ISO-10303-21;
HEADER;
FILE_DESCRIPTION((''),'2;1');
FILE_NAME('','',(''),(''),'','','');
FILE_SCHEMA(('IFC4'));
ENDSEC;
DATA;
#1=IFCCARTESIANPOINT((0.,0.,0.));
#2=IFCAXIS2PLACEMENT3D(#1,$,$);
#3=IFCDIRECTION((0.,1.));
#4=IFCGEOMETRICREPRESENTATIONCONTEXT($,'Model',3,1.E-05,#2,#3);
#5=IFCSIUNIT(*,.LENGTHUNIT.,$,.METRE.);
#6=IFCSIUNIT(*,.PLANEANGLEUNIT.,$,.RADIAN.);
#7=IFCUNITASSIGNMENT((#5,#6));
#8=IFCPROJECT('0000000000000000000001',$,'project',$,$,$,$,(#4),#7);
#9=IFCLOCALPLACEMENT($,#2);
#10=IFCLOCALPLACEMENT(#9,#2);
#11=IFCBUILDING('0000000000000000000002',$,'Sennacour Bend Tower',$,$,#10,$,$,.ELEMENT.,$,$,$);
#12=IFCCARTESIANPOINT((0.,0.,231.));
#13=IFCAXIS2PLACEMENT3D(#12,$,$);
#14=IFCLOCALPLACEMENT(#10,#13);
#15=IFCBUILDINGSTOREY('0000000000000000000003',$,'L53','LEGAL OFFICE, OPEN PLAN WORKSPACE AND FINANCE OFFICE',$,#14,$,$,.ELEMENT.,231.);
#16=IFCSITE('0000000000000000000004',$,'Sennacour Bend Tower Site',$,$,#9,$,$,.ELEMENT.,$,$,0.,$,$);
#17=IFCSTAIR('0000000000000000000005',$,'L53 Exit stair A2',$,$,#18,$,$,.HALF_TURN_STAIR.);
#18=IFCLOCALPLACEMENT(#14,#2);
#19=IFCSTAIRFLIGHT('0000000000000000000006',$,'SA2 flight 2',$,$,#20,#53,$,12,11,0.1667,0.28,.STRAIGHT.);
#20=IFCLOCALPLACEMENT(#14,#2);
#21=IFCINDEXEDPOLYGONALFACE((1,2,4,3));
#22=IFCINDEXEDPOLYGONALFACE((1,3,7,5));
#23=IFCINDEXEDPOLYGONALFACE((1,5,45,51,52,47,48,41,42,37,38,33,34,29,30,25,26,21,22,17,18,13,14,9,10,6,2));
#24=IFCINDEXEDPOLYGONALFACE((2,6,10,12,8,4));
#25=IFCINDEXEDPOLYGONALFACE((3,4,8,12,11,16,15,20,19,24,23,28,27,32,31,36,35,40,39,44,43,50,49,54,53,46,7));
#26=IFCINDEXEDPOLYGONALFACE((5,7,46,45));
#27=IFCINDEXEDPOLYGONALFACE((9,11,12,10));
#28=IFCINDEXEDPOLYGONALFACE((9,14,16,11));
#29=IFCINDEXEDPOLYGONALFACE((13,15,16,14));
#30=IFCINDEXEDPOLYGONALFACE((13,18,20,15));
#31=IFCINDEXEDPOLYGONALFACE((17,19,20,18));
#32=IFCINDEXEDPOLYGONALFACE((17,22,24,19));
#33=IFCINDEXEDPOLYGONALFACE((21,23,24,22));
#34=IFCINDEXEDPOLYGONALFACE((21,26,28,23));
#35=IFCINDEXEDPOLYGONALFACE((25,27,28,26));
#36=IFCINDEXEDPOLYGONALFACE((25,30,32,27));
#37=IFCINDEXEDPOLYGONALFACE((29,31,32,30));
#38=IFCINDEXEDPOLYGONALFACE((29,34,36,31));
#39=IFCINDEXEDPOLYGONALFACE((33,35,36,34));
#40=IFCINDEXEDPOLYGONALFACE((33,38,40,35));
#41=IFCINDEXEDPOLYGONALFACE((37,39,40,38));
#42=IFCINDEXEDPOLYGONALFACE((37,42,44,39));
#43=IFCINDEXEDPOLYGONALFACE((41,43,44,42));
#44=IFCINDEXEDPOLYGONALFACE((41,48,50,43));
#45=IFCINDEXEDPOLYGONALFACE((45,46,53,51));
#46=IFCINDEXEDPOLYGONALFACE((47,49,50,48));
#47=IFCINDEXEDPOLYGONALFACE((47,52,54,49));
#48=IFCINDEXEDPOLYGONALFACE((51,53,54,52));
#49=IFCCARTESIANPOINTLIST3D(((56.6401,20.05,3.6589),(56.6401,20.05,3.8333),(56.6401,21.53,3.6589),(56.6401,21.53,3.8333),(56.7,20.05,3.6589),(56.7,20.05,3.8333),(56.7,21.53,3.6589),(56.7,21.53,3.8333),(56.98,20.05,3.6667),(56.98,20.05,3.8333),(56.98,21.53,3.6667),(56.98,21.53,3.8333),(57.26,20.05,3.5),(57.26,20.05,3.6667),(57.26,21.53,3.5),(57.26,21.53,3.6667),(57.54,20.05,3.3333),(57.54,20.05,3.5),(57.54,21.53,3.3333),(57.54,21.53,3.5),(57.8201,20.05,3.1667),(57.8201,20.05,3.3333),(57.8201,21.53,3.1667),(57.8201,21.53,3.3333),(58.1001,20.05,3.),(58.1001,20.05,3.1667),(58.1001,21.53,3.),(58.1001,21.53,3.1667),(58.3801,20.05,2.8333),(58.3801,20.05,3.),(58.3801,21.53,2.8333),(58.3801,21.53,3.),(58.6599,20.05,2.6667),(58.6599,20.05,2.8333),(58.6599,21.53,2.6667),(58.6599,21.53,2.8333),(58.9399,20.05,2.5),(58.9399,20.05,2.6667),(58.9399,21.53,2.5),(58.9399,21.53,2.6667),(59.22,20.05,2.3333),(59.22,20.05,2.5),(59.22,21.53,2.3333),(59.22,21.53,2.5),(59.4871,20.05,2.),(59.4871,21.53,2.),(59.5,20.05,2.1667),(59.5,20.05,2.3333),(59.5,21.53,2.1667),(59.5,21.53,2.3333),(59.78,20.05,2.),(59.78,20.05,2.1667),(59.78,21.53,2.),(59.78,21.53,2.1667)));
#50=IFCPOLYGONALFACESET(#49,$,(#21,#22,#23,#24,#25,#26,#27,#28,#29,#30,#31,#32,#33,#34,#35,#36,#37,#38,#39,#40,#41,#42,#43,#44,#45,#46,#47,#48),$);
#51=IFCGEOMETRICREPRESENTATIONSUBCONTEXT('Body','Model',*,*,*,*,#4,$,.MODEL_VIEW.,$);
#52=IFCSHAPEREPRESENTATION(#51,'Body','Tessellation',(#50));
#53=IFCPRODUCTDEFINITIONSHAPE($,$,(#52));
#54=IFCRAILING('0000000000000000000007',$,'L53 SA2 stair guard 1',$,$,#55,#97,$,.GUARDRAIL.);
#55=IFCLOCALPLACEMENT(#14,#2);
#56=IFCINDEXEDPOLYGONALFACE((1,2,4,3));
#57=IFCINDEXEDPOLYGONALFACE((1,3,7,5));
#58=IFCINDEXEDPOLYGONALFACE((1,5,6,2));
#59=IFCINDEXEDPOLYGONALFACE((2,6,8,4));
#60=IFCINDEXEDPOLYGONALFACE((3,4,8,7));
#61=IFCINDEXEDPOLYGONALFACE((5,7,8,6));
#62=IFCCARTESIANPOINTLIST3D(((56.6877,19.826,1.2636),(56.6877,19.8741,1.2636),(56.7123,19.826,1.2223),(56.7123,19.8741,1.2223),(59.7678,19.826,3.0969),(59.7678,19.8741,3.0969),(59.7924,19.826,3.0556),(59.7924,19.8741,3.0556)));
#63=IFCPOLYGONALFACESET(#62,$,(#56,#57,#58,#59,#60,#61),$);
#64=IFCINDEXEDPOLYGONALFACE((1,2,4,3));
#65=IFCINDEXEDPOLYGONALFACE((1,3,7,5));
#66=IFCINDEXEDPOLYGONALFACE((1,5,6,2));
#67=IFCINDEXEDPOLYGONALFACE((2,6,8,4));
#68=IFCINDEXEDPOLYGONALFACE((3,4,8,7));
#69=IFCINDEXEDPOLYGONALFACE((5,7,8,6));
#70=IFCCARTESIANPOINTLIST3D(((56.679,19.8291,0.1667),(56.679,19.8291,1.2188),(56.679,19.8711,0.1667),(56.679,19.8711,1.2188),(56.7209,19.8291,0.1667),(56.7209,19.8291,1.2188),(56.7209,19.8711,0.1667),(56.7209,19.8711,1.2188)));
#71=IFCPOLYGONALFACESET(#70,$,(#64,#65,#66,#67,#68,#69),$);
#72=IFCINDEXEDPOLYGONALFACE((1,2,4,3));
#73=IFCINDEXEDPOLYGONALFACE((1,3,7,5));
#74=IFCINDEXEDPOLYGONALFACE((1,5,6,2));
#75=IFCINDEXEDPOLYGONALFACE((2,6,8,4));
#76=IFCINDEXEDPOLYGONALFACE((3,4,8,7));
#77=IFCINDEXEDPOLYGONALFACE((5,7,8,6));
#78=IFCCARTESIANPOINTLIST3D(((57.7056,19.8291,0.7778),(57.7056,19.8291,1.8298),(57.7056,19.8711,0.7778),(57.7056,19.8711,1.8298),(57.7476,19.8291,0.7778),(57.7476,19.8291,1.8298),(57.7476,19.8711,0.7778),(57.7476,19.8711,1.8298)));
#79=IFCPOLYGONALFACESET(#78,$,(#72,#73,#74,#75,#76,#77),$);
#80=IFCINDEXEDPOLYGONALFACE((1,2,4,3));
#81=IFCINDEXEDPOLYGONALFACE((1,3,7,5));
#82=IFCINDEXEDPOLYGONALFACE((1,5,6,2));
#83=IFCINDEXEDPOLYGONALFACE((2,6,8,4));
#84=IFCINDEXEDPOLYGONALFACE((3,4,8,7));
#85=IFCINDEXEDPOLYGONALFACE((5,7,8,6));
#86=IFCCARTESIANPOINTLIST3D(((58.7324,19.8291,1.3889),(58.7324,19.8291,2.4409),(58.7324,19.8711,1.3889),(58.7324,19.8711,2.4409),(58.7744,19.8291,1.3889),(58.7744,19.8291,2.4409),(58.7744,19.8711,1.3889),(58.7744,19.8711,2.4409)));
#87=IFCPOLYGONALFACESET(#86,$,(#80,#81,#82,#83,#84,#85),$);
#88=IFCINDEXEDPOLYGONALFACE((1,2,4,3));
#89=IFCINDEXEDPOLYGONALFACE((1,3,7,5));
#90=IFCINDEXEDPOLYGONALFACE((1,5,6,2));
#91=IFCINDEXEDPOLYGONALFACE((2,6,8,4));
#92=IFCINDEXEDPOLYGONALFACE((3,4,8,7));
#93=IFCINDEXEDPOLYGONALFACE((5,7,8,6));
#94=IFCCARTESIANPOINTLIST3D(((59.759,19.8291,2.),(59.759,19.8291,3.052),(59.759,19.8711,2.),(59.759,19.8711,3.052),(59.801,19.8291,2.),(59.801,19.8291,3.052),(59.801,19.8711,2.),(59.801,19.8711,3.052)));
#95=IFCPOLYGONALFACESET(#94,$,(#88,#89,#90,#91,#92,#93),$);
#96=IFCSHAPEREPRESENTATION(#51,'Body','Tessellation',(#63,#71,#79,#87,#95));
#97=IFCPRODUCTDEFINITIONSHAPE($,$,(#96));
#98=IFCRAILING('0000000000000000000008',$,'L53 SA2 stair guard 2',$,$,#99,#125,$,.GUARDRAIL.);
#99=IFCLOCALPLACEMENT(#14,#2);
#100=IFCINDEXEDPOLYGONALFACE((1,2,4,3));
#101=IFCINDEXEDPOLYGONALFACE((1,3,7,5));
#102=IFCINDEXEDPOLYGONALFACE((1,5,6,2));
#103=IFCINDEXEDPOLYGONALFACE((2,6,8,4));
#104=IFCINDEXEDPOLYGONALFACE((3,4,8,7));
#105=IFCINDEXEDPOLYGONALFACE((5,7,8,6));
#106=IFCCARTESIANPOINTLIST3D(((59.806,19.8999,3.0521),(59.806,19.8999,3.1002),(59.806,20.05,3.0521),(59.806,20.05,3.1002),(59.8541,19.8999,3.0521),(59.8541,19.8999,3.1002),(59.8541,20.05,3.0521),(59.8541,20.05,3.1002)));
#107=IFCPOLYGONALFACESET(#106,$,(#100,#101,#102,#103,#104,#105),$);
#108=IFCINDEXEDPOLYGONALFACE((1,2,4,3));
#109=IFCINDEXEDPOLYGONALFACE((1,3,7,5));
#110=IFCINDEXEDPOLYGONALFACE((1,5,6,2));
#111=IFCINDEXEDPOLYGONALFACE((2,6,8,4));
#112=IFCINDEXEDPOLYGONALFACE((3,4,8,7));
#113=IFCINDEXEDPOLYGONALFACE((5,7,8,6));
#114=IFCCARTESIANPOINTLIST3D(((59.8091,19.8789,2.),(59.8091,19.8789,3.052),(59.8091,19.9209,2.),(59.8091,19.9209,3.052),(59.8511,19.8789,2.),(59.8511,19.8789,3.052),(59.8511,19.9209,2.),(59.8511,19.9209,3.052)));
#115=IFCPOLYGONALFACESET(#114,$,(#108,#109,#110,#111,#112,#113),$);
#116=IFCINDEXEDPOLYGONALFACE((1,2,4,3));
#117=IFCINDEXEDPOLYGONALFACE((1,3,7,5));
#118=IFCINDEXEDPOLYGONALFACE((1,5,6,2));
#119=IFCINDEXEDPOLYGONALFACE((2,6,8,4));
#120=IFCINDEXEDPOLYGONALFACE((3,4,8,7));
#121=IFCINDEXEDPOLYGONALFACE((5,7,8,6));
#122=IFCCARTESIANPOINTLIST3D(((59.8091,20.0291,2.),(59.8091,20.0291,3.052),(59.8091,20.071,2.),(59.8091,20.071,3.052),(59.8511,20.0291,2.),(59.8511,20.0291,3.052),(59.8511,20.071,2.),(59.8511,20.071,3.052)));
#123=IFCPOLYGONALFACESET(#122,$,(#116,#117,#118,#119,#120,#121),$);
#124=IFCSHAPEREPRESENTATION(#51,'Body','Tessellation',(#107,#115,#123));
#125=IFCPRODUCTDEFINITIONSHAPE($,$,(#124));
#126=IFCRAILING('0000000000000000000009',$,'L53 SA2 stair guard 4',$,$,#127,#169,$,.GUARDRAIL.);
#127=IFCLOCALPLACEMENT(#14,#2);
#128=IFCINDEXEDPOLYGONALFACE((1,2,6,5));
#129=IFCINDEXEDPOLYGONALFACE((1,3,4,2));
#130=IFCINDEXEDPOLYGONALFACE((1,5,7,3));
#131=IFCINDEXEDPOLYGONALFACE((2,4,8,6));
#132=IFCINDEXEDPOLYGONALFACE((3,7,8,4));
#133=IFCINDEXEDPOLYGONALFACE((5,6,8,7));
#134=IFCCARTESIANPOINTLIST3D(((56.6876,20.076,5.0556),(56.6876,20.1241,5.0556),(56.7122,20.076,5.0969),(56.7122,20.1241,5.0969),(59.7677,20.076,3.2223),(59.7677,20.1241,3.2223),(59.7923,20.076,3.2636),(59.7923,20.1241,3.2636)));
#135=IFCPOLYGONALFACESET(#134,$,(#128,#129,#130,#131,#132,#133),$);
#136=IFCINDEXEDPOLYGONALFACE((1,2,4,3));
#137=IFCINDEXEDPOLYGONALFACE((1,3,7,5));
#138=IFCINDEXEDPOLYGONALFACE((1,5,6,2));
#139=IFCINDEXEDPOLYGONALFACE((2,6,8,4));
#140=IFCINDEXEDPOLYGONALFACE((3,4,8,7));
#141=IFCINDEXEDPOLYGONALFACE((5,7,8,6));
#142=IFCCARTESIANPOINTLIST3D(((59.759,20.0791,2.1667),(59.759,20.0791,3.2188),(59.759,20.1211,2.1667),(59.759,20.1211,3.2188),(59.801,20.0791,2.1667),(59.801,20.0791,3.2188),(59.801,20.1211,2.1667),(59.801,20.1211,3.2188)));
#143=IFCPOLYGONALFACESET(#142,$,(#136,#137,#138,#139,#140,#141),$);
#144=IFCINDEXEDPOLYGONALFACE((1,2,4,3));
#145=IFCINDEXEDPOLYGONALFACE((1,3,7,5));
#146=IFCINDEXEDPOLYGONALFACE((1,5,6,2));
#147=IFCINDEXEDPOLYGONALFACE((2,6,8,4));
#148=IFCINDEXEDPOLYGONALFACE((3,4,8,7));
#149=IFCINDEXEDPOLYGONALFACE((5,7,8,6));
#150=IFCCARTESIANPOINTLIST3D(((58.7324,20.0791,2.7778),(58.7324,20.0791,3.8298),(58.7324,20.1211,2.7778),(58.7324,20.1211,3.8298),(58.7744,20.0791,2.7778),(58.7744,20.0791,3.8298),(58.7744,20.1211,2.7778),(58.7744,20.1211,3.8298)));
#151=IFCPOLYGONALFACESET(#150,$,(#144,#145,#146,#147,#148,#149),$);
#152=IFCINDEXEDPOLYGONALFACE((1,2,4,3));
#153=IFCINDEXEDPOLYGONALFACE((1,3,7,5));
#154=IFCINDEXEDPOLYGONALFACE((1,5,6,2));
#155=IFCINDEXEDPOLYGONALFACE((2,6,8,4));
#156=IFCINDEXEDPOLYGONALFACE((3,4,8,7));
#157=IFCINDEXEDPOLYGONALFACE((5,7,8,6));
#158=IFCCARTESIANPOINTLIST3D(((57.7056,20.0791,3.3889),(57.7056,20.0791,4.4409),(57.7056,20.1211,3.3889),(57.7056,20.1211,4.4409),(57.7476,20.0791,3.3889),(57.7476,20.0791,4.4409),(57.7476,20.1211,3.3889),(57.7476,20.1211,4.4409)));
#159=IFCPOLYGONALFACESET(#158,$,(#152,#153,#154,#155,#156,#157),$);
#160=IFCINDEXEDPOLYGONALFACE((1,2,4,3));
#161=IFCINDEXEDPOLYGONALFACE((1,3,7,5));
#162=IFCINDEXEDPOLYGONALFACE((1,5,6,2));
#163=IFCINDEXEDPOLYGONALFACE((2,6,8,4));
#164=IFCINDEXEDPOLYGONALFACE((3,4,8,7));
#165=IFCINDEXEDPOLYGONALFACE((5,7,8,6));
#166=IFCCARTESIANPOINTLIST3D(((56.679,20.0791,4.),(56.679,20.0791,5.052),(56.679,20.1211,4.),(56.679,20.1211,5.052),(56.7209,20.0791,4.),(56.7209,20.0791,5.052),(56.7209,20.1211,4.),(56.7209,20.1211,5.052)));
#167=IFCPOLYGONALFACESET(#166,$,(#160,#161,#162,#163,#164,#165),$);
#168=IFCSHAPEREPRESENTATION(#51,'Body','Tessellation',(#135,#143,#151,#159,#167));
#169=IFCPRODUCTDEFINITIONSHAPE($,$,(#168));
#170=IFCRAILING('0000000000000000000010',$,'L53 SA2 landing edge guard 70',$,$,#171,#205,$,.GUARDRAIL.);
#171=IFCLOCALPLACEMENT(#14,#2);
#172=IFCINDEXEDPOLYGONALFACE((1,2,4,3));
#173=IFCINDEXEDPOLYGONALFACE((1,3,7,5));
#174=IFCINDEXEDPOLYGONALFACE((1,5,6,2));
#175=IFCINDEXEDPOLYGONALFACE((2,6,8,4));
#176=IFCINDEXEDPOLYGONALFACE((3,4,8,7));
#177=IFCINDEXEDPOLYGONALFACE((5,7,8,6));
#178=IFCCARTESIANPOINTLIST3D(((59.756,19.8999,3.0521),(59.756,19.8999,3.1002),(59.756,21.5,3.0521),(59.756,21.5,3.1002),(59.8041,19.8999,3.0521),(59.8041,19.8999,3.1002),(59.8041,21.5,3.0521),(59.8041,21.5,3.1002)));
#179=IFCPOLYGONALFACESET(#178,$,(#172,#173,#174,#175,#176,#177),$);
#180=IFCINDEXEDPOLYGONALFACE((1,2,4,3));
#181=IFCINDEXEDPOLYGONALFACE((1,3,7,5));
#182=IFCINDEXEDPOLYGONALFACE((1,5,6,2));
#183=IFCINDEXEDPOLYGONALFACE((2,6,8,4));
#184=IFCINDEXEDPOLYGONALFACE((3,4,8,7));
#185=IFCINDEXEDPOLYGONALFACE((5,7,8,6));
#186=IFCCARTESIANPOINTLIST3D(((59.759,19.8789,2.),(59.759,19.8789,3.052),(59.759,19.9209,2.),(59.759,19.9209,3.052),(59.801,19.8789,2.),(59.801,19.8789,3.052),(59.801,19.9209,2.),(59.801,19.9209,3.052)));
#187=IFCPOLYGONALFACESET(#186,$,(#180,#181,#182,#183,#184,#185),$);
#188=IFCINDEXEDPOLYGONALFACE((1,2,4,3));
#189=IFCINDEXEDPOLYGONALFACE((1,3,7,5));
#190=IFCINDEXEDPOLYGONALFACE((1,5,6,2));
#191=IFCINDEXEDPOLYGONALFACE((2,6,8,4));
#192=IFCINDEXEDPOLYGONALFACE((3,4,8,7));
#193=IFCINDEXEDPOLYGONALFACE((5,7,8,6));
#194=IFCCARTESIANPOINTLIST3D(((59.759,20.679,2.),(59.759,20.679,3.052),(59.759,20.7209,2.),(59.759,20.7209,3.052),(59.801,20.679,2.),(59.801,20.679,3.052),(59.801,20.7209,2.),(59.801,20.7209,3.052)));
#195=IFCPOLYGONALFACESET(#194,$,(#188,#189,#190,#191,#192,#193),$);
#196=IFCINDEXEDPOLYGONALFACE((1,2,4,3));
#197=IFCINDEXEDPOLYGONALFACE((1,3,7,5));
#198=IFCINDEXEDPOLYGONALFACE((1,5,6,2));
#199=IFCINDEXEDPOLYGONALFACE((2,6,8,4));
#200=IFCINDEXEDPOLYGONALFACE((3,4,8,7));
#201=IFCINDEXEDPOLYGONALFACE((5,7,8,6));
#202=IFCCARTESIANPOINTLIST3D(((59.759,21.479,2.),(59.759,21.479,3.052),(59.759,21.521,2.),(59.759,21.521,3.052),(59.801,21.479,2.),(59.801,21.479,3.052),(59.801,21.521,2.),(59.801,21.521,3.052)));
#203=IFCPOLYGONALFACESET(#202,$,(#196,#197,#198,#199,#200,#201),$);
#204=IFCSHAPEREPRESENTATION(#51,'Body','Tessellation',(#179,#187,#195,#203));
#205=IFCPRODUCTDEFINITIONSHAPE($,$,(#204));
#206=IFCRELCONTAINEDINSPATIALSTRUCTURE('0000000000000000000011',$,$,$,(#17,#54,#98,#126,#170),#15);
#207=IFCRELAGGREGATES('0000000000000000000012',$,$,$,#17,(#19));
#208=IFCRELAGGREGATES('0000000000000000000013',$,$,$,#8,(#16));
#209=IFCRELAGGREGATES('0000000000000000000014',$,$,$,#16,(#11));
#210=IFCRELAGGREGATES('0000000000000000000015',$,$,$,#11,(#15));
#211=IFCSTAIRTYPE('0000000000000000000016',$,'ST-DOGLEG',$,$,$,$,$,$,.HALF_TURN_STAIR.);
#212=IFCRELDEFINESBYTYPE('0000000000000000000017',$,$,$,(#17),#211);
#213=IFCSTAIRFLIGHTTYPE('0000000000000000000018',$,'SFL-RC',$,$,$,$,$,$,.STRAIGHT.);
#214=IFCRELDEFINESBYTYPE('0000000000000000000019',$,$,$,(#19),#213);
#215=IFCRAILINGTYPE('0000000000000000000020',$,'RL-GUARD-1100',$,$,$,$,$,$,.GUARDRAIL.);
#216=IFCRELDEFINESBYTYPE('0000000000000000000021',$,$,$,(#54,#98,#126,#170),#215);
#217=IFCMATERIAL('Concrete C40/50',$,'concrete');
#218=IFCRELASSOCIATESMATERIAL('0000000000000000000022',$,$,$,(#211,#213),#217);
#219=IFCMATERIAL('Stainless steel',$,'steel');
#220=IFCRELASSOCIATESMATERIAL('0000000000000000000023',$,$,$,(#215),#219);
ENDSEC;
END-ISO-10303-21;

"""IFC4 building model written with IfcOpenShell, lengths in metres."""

from ifc_helpers import new_model, si_unit, direction, frame, origin, origin_2d, place, context, subcontext, project, spatial, polyline, rectangle, outline, extrude, material, type_object, element, aggregate, save


model = new_model("IFC4")

# Units and contexts
model_context = context("Model", 3, precision=1e-05, world=origin(), true_north=direction((0.0, 1.0)))
body_context = subcontext(model_context, "Body", "Model", "MODEL_VIEW")
ifc_project = project(units=[si_unit("LENGTHUNIT", "METRE"), si_unit("PLANEANGLEUNIT", "RADIAN")], contexts=[model_context])

# Site, building, storey
site_placement = place(None, origin())
site = spatial("IfcSite", under=ifc_project, at=site_placement, Name="Sennacour Bend Tower Site", CompositionType="ELEMENT", RefElevation=0.0)
building_placement = place(site_placement, origin())
building = spatial("IfcBuilding", under=site, at=building_placement, Name="Sennacour Bend Tower", CompositionType="ELEMENT")
storey_placement = place(building_placement, frame((0.0, 0.0, 231.0)))
storey = spatial("IfcBuildingStorey", under=building, at=storey_placement, Name="L53", Description="LEGAL OFFICE, OPEN PLAN WORKSPACE AND FINANCE OFFICE", CompositionType="ELEMENT", Elevation=231.0)

# Shared definitions
ifc_material_1 = material(Name="Stainless steel", Category="steel")

# Stair, stair flight
ifc_material_2 = material(Name="Concrete C40/50", Category="concrete")
stair_type = type_object("IfcStairType", Name="ST-DOGLEG", PredefinedType="HALF_TURN_STAIR", material=ifc_material_2)
stair_placement = place(storey_placement, origin())
stair = element("IfcStair", 1, at=stair_placement, inside=storey, type_object=stair_type, Name="L53 Exit stair A2", PredefinedType="HALF_TURN_STAIR")
stair_flight_type = type_object("IfcStairFlightType", Name="SFL-RC", PredefinedType="STRAIGHT", material=ifc_material_2)
stair_flight_1_placement = place(storey_placement, frame((59.78, 20.79, 2.0), z_axis=(0.0, 0.0, 1.0), x_axis=(-1.0, 0.0, 0.0)))
stair_flight_1 = element("IfcStairFlight", 2, at=stair_flight_1_placement, type_object=stair_flight_type, Name="SA2 flight 2", NumberOfRisers=12, NumberOfTreads=11, PredefinedType="STRAIGHT", RiserHeight=0.1667, TreadLength=0.28, context=body_context, shape_type="SweptSolid", body=[
    extrude(outline(polyline([(0.0, 0.0), (0.0, 0.1667), (0.28, 0.1667), (0.28, 0.3333), (0.5601, 0.3333), (0.5601, 0.5), (0.8401, 0.5), (0.8401, 0.6667), (1.1201, 0.6667), (1.1201, 0.8333), (1.3999, 0.8333), (1.3999, 1.0), (1.6799, 1.0), (1.6799, 1.1667), (1.96, 1.1667), (1.96, 1.3333), (2.24, 1.3333), (2.24, 1.5), (2.52, 1.5), (2.52, 1.6667), (2.8, 1.6667), (2.8, 1.8333), (3.0801, 1.8333), (3.1399, 1.8333), (3.1399, 1.6589), (3.0801, 1.6589), (0.293, 0.0), (0.0, 0.0)])), frame((0.0, 0.74, 0.0), z_axis=(0.0, -1.0, 0.0), x_axis=(1.0, 0.0, 0.0)), (0.0, 0.0, 1.0), 1.48),
])
aggregate(stair, [stair_flight_1])

# Railings
railing_type_1 = type_object("IfcRailingType", Name="RL-GUARD-1100", PredefinedType="GUARDRAIL", material=ifc_material_1)
railing_1_placement = place(storey_placement, frame((56.7, 19.8501, 0.1667)))
element("IfcRailing", 3, at=railing_1_placement, inside=storey, type_object=railing_type_1, Name="L53 SA2 stair guard 1", PredefinedType="GUARDRAIL", context=body_context, shape_type="SweptSolid", body=[
    extrude(rectangle(XDim=0.0481, YDim=0.0481, at=origin_2d()), frame((0.0, 0.0, 1.0762), z_axis=(0.859309, 0.0, 0.511458), x_axis=(0.0, 1.0, 0.0)), (0.0, 0.0, 1.0), 3.5845),
    extrude(rectangle(XDim=0.042, YDim=0.042, at=origin_2d()), origin(), (0.0, 0.0, 1.0), 1.052),
    extrude(rectangle(XDim=0.042, YDim=0.042, at=origin_2d()), frame((1.0266, 0.0, 0.6111)), (0.0, 0.0, 1.0), 1.052),
    extrude(rectangle(XDim=0.042, YDim=0.042, at=origin_2d()), frame((2.0535, 0.0, 1.2222)), (0.0, 0.0, 1.0), 1.052),
    extrude(rectangle(XDim=0.042, YDim=0.042, at=origin_2d()), frame((3.0801, 0.0, 1.8333)), (0.0, 0.0, 1.0), 1.052),
])
railing_2_placement = place(storey_placement, frame((59.8301, 19.8999, 2.0)))
element("IfcRailing", 4, at=railing_2_placement, inside=storey, type_object=railing_type_1, Name="L53 SA2 stair guard 2", PredefinedType="GUARDRAIL", context=body_context, shape_type="SweptSolid", body=[
    extrude(rectangle(XDim=0.0481, YDim=0.0481, at=origin_2d()), frame((0.0, 0.0, 1.0762), z_axis=(0.0, 1.0, 0.0), x_axis=(-1.0, 0.0, 0.0)), (0.0, 0.0, 1.0), 0.1501),
    extrude(rectangle(XDim=0.042, YDim=0.042, at=origin_2d()), origin(), (0.0, 0.0, 1.0), 1.052),
    extrude(rectangle(XDim=0.042, YDim=0.042, at=origin_2d()), frame((0.0, 0.1501, 0.0)), (0.0, 0.0, 1.0), 1.052),
])
railing_3_placement = place(storey_placement, frame((59.78, 20.1001, 2.1667)))
element("IfcRailing", 5, at=railing_3_placement, inside=storey, type_object=railing_type_1, Name="L53 SA2 stair guard 4", PredefinedType="GUARDRAIL", context=body_context, shape_type="SweptSolid", body=[
    extrude(rectangle(XDim=0.0481, YDim=0.0481, at=origin_2d()), frame((0.0, 0.0, 1.0762), z_axis=(-0.859309, 0.0, 0.511458), x_axis=(0.0, -1.0, 0.0)), (0.0, 0.0, 1.0), 3.5845),
    extrude(rectangle(XDim=0.042, YDim=0.042, at=origin_2d()), origin(), (0.0, 0.0, 1.0), 1.052),
    extrude(rectangle(XDim=0.042, YDim=0.042, at=origin_2d()), frame((-1.0266, 0.0, 0.6111)), (0.0, 0.0, 1.0), 1.052),
    extrude(rectangle(XDim=0.042, YDim=0.042, at=origin_2d()), frame((-2.0535, 0.0, 1.2222)), (0.0, 0.0, 1.0), 1.052),
    extrude(rectangle(XDim=0.042, YDim=0.042, at=origin_2d()), frame((-3.0801, 0.0, 1.8333)), (0.0, 0.0, 1.0), 1.052),
])
railing_4_placement = place(storey_placement, frame((59.78, 19.8999, 2.0)))
element("IfcRailing", 6, at=railing_4_placement, inside=storey, type_object=railing_type_1, Name="L53 SA2 landing edge guard 70", PredefinedType="GUARDRAIL", context=body_context, shape_type="SweptSolid", body=[
    extrude(rectangle(XDim=0.0481, YDim=0.0481, at=origin_2d()), frame((0.0, 0.0, 1.0762), z_axis=(0.0, 1.0, 0.0), x_axis=(-1.0, 0.0, 0.0)), (0.0, 0.0, 1.0), 1.6001),
    extrude(rectangle(XDim=0.042, YDim=0.042, at=origin_2d()), origin(), (0.0, 0.0, 1.0), 1.052),
    extrude(rectangle(XDim=0.042, YDim=0.042, at=origin_2d()), frame((0.0, 0.8, 0.0)), (0.0, 0.0, 1.0), 1.052),
    extrude(rectangle(XDim=0.042, YDim=0.042, at=origin_2d()), frame((0.0, 1.6001, 0.0)), (0.0, 0.0, 1.0), 1.052),
])

save(model, "model.ifc")
